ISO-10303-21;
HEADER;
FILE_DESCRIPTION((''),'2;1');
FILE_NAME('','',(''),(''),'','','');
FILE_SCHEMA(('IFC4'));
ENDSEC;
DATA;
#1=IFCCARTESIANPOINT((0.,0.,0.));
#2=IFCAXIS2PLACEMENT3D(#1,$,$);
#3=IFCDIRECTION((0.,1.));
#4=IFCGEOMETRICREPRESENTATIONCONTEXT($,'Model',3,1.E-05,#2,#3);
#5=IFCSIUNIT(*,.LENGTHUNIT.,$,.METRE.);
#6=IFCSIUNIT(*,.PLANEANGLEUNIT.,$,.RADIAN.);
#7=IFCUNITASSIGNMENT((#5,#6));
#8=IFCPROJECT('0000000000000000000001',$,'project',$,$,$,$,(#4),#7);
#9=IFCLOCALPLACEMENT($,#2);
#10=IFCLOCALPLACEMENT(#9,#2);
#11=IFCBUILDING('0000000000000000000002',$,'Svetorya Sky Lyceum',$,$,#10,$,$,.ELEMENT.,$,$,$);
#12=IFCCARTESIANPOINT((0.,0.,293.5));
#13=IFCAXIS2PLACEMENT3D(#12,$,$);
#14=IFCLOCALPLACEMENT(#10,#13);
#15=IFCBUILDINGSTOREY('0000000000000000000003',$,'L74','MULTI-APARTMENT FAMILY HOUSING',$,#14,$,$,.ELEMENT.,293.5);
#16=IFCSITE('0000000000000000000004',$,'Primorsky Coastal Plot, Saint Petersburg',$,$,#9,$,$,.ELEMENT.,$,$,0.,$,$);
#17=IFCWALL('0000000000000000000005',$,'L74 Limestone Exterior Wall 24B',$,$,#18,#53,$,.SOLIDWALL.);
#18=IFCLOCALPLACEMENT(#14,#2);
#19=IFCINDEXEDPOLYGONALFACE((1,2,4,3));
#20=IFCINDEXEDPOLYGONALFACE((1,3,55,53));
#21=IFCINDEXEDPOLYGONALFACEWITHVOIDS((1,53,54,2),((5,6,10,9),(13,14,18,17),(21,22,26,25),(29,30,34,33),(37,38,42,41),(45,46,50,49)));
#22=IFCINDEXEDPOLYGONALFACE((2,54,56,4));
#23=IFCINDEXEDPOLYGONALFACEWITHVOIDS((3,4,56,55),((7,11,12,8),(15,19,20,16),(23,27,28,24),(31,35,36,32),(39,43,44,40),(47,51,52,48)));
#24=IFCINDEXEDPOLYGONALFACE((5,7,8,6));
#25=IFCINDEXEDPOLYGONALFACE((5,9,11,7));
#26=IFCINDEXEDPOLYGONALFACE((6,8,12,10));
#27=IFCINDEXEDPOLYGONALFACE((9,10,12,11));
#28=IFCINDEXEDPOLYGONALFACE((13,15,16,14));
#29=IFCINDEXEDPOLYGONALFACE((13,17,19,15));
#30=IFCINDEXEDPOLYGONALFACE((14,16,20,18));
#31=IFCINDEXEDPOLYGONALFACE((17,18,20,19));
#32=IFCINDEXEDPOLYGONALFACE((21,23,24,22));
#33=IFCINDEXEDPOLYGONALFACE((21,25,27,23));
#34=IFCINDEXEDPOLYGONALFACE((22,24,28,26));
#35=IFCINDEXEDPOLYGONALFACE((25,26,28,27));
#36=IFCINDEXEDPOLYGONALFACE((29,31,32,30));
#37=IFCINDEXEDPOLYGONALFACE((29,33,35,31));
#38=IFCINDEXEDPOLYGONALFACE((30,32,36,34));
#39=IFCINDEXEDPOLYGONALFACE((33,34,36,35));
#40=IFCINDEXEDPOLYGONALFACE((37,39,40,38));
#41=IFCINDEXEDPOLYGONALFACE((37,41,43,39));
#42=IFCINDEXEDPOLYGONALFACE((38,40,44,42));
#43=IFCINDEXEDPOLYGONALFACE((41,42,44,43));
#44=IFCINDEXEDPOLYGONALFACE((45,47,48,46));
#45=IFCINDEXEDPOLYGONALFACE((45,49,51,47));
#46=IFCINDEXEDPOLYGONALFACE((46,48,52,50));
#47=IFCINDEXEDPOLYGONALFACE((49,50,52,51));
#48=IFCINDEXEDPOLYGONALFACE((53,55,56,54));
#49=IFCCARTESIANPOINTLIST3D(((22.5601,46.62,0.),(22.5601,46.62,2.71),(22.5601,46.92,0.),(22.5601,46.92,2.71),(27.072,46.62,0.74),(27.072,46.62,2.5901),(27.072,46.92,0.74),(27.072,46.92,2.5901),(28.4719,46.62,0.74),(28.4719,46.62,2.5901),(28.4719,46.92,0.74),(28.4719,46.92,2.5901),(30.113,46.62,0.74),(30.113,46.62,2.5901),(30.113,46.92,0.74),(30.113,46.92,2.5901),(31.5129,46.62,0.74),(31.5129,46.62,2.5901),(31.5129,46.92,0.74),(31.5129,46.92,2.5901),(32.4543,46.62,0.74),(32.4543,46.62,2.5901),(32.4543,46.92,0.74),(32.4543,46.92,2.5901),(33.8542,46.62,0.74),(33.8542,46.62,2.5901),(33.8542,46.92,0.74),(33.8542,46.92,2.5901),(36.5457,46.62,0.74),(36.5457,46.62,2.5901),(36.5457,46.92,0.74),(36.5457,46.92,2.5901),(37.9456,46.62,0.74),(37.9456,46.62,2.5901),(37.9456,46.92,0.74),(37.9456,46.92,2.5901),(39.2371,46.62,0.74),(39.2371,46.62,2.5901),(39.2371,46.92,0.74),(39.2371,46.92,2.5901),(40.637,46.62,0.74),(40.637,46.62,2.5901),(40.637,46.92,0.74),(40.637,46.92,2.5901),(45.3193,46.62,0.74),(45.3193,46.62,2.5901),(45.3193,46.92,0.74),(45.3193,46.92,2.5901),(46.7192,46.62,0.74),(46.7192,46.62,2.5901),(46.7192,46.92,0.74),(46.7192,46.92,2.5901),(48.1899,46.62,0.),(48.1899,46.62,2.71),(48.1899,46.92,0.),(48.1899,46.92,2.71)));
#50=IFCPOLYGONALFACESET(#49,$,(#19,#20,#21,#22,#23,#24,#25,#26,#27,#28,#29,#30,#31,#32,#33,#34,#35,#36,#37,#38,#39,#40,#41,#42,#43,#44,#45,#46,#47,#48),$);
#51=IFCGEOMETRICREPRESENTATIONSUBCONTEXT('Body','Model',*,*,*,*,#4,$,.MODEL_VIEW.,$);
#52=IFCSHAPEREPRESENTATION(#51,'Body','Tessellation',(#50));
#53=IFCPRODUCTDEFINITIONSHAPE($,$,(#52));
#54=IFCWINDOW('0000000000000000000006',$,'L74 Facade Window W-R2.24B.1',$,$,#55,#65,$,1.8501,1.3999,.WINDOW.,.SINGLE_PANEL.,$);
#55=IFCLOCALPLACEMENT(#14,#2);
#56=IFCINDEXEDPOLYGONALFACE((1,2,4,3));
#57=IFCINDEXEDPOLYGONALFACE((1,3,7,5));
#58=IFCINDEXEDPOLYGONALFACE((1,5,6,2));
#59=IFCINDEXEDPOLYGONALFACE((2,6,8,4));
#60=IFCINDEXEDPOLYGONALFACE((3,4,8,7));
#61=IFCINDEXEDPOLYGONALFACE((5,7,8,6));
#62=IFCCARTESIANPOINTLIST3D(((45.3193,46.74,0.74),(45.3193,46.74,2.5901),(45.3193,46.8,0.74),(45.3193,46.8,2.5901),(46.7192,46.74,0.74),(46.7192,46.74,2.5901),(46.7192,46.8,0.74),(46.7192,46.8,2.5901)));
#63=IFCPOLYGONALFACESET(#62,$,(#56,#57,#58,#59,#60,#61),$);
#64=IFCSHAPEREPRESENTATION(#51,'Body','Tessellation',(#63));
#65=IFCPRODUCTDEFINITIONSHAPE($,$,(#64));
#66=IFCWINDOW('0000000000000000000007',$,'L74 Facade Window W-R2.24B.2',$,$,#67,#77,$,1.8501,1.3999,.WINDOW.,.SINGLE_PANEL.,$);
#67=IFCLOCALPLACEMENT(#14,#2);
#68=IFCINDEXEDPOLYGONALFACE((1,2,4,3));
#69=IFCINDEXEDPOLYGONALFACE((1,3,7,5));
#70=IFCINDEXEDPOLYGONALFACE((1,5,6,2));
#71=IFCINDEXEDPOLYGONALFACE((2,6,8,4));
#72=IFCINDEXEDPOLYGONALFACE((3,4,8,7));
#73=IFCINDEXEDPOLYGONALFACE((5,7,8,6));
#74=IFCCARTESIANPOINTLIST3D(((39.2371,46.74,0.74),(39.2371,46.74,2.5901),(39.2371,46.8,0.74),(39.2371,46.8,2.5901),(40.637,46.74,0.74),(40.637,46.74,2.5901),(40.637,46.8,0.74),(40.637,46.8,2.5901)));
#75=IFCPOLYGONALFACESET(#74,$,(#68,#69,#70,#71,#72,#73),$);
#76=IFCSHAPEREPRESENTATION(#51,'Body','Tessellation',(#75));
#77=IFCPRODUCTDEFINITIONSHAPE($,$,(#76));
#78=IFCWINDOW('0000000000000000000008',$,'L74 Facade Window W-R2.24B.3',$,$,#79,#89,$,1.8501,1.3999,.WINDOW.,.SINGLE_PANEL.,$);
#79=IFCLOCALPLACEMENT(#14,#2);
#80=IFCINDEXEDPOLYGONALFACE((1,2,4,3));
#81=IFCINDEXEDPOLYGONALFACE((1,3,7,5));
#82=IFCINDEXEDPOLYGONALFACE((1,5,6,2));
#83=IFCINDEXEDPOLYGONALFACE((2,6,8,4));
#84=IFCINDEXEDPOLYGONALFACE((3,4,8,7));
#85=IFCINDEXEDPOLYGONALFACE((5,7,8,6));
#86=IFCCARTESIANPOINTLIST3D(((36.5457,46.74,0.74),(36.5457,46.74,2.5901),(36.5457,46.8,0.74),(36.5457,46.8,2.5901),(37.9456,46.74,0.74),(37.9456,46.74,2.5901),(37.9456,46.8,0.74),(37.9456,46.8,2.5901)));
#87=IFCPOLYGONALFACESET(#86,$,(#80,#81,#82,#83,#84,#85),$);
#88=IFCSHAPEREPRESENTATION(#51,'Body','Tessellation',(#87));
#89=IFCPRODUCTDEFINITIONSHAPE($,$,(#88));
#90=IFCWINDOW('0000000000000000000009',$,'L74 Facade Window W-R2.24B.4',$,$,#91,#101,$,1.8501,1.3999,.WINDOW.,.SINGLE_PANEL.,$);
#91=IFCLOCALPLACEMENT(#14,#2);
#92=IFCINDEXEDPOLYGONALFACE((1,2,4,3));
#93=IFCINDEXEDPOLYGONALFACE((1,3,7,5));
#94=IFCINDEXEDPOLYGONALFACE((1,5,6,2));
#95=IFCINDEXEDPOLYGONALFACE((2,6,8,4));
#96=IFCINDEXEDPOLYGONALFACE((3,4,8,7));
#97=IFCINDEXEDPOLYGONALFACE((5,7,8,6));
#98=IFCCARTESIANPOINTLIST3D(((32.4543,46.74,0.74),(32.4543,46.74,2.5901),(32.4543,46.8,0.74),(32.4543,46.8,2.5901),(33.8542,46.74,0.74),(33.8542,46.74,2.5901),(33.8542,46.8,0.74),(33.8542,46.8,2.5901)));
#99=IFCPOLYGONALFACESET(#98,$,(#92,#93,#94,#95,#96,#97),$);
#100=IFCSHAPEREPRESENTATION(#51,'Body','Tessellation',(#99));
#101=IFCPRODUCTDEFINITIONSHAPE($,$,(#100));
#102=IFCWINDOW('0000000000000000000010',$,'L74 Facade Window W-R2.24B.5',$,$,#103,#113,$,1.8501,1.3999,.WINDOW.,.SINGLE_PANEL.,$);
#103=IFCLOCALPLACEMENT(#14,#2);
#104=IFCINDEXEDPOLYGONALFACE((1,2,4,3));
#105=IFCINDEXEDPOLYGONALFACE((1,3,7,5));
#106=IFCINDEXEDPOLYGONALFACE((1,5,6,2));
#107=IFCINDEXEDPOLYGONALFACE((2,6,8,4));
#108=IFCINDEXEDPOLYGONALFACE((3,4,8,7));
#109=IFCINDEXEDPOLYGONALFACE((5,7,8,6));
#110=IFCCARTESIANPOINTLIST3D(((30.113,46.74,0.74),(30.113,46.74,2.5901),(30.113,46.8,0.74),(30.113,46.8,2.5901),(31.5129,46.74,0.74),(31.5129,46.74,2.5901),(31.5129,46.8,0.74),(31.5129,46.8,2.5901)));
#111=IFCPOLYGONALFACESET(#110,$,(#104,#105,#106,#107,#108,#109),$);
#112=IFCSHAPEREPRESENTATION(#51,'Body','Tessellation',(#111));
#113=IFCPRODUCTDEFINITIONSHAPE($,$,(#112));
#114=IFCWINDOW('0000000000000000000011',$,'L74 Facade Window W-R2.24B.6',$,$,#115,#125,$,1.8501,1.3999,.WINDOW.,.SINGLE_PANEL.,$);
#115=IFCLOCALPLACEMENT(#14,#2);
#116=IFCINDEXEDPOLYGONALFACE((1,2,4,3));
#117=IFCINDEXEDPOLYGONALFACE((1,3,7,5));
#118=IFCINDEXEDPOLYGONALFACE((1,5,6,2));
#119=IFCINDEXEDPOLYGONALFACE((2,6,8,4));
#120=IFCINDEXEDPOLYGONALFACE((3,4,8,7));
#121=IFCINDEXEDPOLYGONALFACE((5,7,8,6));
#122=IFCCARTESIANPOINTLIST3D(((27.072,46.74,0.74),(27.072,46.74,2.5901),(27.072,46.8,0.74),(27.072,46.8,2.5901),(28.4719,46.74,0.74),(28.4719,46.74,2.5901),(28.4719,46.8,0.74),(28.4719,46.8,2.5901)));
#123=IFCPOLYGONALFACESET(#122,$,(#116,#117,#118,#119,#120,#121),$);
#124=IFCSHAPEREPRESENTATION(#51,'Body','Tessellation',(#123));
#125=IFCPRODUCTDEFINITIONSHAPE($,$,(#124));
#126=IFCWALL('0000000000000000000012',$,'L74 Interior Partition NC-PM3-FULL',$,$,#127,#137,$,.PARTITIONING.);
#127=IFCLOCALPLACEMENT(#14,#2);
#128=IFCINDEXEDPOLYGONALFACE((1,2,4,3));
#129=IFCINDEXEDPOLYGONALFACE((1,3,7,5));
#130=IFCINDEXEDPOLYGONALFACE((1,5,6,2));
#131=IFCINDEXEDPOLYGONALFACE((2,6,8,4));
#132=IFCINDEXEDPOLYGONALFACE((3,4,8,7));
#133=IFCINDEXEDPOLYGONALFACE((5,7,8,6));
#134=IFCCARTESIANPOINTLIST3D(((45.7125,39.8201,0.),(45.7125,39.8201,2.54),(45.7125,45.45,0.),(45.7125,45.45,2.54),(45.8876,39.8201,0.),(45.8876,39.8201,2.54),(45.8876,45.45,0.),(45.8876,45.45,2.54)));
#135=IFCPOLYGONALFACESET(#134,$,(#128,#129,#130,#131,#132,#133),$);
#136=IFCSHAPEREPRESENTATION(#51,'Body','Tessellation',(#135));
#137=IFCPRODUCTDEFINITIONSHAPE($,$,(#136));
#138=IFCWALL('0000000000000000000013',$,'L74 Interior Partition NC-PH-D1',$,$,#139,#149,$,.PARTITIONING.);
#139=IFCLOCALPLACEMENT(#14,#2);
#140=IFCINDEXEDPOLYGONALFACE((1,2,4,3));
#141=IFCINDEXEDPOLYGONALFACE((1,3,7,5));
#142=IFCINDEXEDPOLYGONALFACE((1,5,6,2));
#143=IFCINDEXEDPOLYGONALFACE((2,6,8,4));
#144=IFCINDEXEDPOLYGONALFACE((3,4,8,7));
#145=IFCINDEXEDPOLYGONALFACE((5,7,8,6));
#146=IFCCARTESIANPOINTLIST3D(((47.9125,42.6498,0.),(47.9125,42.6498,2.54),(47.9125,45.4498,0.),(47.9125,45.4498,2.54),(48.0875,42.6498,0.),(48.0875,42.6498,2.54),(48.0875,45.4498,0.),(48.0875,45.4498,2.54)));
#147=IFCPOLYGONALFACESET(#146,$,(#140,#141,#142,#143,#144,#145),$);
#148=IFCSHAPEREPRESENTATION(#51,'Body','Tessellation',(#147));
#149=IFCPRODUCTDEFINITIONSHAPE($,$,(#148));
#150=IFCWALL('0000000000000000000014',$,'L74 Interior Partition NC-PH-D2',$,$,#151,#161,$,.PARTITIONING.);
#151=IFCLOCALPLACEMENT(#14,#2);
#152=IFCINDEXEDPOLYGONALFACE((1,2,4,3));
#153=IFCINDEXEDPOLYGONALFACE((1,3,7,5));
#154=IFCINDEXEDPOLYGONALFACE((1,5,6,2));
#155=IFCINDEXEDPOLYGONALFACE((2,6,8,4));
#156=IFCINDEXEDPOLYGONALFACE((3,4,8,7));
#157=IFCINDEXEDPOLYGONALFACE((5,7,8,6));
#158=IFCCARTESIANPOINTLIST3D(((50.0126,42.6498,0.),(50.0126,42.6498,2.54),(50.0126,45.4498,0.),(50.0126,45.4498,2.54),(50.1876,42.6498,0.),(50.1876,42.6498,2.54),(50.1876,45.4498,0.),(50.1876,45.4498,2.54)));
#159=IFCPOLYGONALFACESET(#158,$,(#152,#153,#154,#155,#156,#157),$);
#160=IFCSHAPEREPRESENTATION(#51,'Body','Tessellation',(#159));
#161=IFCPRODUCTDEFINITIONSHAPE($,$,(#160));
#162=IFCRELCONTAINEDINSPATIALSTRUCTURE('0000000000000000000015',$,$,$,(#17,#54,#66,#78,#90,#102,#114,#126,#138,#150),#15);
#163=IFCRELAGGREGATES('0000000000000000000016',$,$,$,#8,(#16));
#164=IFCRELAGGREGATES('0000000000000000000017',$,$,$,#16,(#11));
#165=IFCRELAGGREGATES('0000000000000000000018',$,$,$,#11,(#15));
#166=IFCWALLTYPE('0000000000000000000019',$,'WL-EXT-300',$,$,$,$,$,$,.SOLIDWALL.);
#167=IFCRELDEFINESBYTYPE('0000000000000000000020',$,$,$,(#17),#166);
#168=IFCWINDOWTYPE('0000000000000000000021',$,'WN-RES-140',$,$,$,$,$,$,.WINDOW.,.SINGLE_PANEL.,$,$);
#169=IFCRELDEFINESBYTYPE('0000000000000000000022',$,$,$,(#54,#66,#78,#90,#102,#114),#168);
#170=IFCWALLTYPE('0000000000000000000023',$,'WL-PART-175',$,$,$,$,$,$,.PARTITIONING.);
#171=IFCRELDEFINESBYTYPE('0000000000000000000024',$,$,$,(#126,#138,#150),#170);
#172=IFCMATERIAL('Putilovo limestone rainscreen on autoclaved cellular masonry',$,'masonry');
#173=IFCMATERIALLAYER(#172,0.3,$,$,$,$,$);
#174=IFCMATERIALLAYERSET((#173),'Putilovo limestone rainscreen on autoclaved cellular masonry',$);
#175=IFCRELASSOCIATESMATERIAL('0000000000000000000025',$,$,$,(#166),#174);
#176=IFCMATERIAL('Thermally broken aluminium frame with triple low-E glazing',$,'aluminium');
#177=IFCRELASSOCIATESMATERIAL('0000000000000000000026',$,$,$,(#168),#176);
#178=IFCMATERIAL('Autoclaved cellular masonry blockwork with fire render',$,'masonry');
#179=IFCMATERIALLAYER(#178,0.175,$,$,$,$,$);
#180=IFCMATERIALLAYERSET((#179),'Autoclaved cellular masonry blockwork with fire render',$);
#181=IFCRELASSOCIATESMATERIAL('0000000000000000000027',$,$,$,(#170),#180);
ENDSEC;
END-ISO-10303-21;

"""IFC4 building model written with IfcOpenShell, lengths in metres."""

from ifc_helpers import new_model, si_unit, direction, frame, frame_2d, origin, place, context, subcontext, project, spatial, rectangle, extrude, material, layer, layer_set, type_object, element, fill, save


model = new_model("IFC4")

# Units and contexts
model_context = context("Model", 3, precision=1e-05, world=origin(), true_north=direction((0.0, 1.0)))
body_context = subcontext(model_context, "Body", "Model", "MODEL_VIEW")
ifc_project = project(units=[si_unit("LENGTHUNIT", "METRE"), si_unit("PLANEANGLEUNIT", "RADIAN")], contexts=[model_context])

# Site, building, storey
site_placement = place(None, origin())
site = spatial("IfcSite", under=ifc_project, at=site_placement, Name="Primorsky Coastal Plot, Saint Petersburg", CompositionType="ELEMENT", RefElevation=0.0)
building_placement = place(site_placement, origin())
building = spatial("IfcBuilding", under=site, at=building_placement, Name="Svetorya Sky Lyceum", CompositionType="ELEMENT")
storey_placement = place(building_placement, frame((0.0, 0.0, 293.5)))
storey = spatial("IfcBuildingStorey", under=building, at=storey_placement, Name="L74", Description="MULTI-APARTMENT FAMILY HOUSING", CompositionType="ELEMENT", Elevation=293.5)

# Wall, openings, windows
ifc_material_1 = material(Name="Putilovo limestone rainscreen on autoclaved cellular masonry", Category="masonry")
ifc_layer_1 = layer(ifc_material_1, 0.3)
ifc_layer_set_1 = layer_set([ifc_layer_1], Name="Putilovo limestone rainscreen on autoclaved cellular masonry")
wall_type_1 = type_object("IfcWallType", Name="WL-EXT-300", PredefinedType="SOLIDWALL", material=ifc_layer_set_1)
wall_1_placement = place(storey_placement, frame((48.1899, 46.77, 0.0), z_axis=(0.0, 0.0, 1.0), x_axis=(-1.0, 0.0, 0.0)))
wall_1 = element("IfcWall", 1, at=wall_1_placement, inside=storey, type_object=wall_type_1, Name="L74 Limestone Exterior Wall 24B", PredefinedType="SOLIDWALL", context=body_context, shape_type="SweptSolid", body=[
    extrude(rectangle(XDim=25.6299, YDim=0.3, at=frame_2d((12.8149, 0.0))), origin(), (0.0, 0.0, 1.0), 2.71),
])
opening_1_placement = place(wall_1_placement, frame((1.4707, 0.0, 0.74)))
opening_1 = element("IfcOpeningElement", 2, at=opening_1_placement, cuts=wall_1, PredefinedType="OPENING", context=body_context, shape_type="SweptSolid", body=[
    extrude(rectangle(XDim=1.3999, YDim=1.8501, at=frame_2d((0.7, 0.925))), frame((0.0, 0.1599, 0.0), z_axis=(0.0, -1.0, 0.0), x_axis=(1.0, 0.0, 0.0)), (0.0, 0.0, 1.0), 0.3201),
])
opening_2_placement = place(wall_1_placement, frame((7.553, 0.0, 0.74)))
opening_2 = element("IfcOpeningElement", 3, at=opening_2_placement, cuts=wall_1, PredefinedType="OPENING", context=body_context, shape_type="SweptSolid", body=[
    extrude(rectangle(XDim=1.3999, YDim=1.8501, at=frame_2d((0.7, 0.925))), frame((0.0, 0.1599, 0.0), z_axis=(0.0, -1.0, 0.0), x_axis=(1.0, 0.0, 0.0)), (0.0, 0.0, 1.0), 0.3201),
])
opening_3_placement = place(wall_1_placement, frame((10.2444, 0.0, 0.74)))
opening_3 = element("IfcOpeningElement", 4, at=opening_3_placement, cuts=wall_1, PredefinedType="OPENING", context=body_context, shape_type="SweptSolid", body=[
    extrude(rectangle(XDim=1.3999, YDim=1.8501, at=frame_2d((0.7, 0.925))), frame((0.0, 0.1599, 0.0), z_axis=(0.0, -1.0, 0.0), x_axis=(1.0, 0.0, 0.0)), (0.0, 0.0, 1.0), 0.3201),
])
opening_4_placement = place(wall_1_placement, frame((14.3357, 0.0, 0.74)))
opening_4 = element("IfcOpeningElement", 5, at=opening_4_placement, cuts=wall_1, PredefinedType="OPENING", context=body_context, shape_type="SweptSolid", body=[
    extrude(rectangle(XDim=1.3999, YDim=1.8501, at=frame_2d((0.7, 0.925))), frame((0.0, 0.1599, 0.0), z_axis=(0.0, -1.0, 0.0), x_axis=(1.0, 0.0, 0.0)), (0.0, 0.0, 1.0), 0.3201),
])
opening_5_placement = place(wall_1_placement, frame((16.677, 0.0, 0.74)))
opening_5 = element("IfcOpeningElement", 6, at=opening_5_placement, cuts=wall_1, PredefinedType="OPENING", context=body_context, shape_type="SweptSolid", body=[
    extrude(rectangle(XDim=1.3999, YDim=1.8501, at=frame_2d((0.7, 0.925))), frame((0.0, 0.1599, 0.0), z_axis=(0.0, -1.0, 0.0), x_axis=(1.0, 0.0, 0.0)), (0.0, 0.0, 1.0), 0.3201),
])
opening_6_placement = place(wall_1_placement, frame((19.718, 0.0, 0.74)))
opening_6 = element("IfcOpeningElement", 7, at=opening_6_placement, cuts=wall_1, PredefinedType="OPENING", context=body_context, shape_type="SweptSolid", body=[
    extrude(rectangle(XDim=1.3999, YDim=1.8501, at=frame_2d((0.7, 0.925))), frame((0.0, 0.1599, 0.0), z_axis=(0.0, -1.0, 0.0), x_axis=(1.0, 0.0, 0.0)), (0.0, 0.0, 1.0), 0.3201),
])
ifc_material_2 = material(Name="Thermally broken aluminium frame with triple low-E glazing", Category="aluminium")
window_type = type_object("IfcWindowType", Name="WN-RES-140", PartitioningType="SINGLE_PANEL", PredefinedType="WINDOW", material=ifc_material_2)
window_1_placement = place(opening_1_placement, origin())
window_1 = element("IfcWindow", 8, at=window_1_placement, inside=storey, type_object=window_type, Name="L74 Facade Window W-R2.24B.1", OverallHeight=1.8501, OverallWidth=1.3999, PartitioningType="SINGLE_PANEL", PredefinedType="WINDOW", context=body_context, shape_type="SweptSolid", body=[
    extrude(rectangle(XDim=1.3999, YDim=1.8501, at=frame_2d((0.7, 0.925))), frame((0.0, 0.03, 0.0), z_axis=(0.0, -1.0, 0.0), x_axis=(1.0, 0.0, 0.0)), (0.0, 0.0, 1.0), 0.0601),
])
fill(opening_1, window_1)
window_2_placement = place(opening_2_placement, origin())
window_2 = element("IfcWindow", 9, at=window_2_placement, inside=storey, type_object=window_type, Name="L74 Facade Window W-R2.24B.2", OverallHeight=1.8501, OverallWidth=1.3999, PartitioningType="SINGLE_PANEL", PredefinedType="WINDOW", context=body_context, shape_type="SweptSolid", body=[
    extrude(rectangle(XDim=1.3999, YDim=1.8501, at=frame_2d((0.7, 0.925))), frame((0.0, 0.03, 0.0), z_axis=(0.0, -1.0, 0.0), x_axis=(1.0, 0.0, 0.0)), (0.0, 0.0, 1.0), 0.0601),
])
fill(opening_2, window_2)
window_3_placement = place(opening_3_placement, origin())
window_3 = element("IfcWindow", 10, at=window_3_placement, inside=storey, type_object=window_type, Name="L74 Facade Window W-R2.24B.3", OverallHeight=1.8501, OverallWidth=1.3999, PartitioningType="SINGLE_PANEL", PredefinedType="WINDOW", context=body_context, shape_type="SweptSolid", body=[
    extrude(rectangle(XDim=1.3999, YDim=1.8501, at=frame_2d((0.7, 0.925))), frame((0.0, 0.03, 0.0), z_axis=(0.0, -1.0, 0.0), x_axis=(1.0, 0.0, 0.0)), (0.0, 0.0, 1.0), 0.0601),
])
fill(opening_3, window_3)
window_4_placement = place(opening_4_placement, origin())
window_4 = element("IfcWindow", 11, at=window_4_placement, inside=storey, type_object=window_type, Name="L74 Facade Window W-R2.24B.4", OverallHeight=1.8501, OverallWidth=1.3999, PartitioningType="SINGLE_PANEL", PredefinedType="WINDOW", context=body_context, shape_type="SweptSolid", body=[
    extrude(rectangle(XDim=1.3999, YDim=1.8501, at=frame_2d((0.7, 0.925))), frame((0.0, 0.03, 0.0), z_axis=(0.0, -1.0, 0.0), x_axis=(1.0, 0.0, 0.0)), (0.0, 0.0, 1.0), 0.0601),
])
fill(opening_4, window_4)
window_5_placement = place(opening_5_placement, origin())
window_5 = element("IfcWindow", 12, at=window_5_placement, inside=storey, type_object=window_type, Name="L74 Facade Window W-R2.24B.5", OverallHeight=1.8501, OverallWidth=1.3999, PartitioningType="SINGLE_PANEL", PredefinedType="WINDOW", context=body_context, shape_type="SweptSolid", body=[
    extrude(rectangle(XDim=1.3999, YDim=1.8501, at=frame_2d((0.7, 0.925))), frame((0.0, 0.03, 0.0), z_axis=(0.0, -1.0, 0.0), x_axis=(1.0, 0.0, 0.0)), (0.0, 0.0, 1.0), 0.0601),
])
fill(opening_5, window_5)
window_6_placement = place(opening_6_placement, origin())
window_6 = element("IfcWindow", 13, at=window_6_placement, inside=storey, type_object=window_type, Name="L74 Facade Window W-R2.24B.6", OverallHeight=1.8501, OverallWidth=1.3999, PartitioningType="SINGLE_PANEL", PredefinedType="WINDOW", context=body_context, shape_type="SweptSolid", body=[
    extrude(rectangle(XDim=1.3999, YDim=1.8501, at=frame_2d((0.7, 0.925))), frame((0.0, 0.03, 0.0), z_axis=(0.0, -1.0, 0.0), x_axis=(1.0, 0.0, 0.0)), (0.0, 0.0, 1.0), 0.0601),
])
fill(opening_6, window_6)

# Walls
ifc_material_3 = material(Name="Autoclaved cellular masonry blockwork with fire render", Category="masonry")
ifc_layer_2 = layer(ifc_material_3, 0.175)
ifc_layer_set_2 = layer_set([ifc_layer_2], Name="Autoclaved cellular masonry blockwork with fire render")
wall_type_2 = type_object("IfcWallType", Name="WL-PART-175", PredefinedType="PARTITIONING", material=ifc_layer_set_2)
wall_2_placement = place(storey_placement, frame((45.8, 39.8201, 0.0), z_axis=(0.0, 0.0, 1.0), x_axis=(0.0, 1.0, 0.0)))
element("IfcWall", 14, at=wall_2_placement, inside=storey, type_object=wall_type_2, Name="L74 Interior Partition NC-PM3-FULL", PredefinedType="PARTITIONING", context=body_context, shape_type="SweptSolid", body=[
    extrude(rectangle(XDim=5.6299, YDim=0.175, at=frame_2d((2.8149, 0.0))), origin(), (0.0, 0.0, 1.0), 2.54),
])
for number, where, z_axis, x_axis, name in (
    (15, (48.0, 42.6499, 0.0), (0.0, 0.0, 1.0), (0.0, 1.0, 0.0), "L74 Interior Partition NC-PH-D1"),
    (16, (50.1001, 42.6499, 0.0), (0.0, 0.0, 1.0), (0.0, 1.0, 0.0), "L74 Interior Partition NC-PH-D2"),
):
    element("IfcWall", number, at=place(storey_placement, frame(where, z_axis=z_axis, x_axis=x_axis)), inside=storey, type_object=wall_type_2, Name=name, PredefinedType="PARTITIONING", context=body_context, shape_type="SweptSolid", body=[
        extrude(rectangle(XDim=2.8, YDim=0.175, at=frame_2d((1.3999, 0.0))), origin(), (0.0, 0.0, 1.0), 2.54),
    ])

save(model, "model.ifc")
